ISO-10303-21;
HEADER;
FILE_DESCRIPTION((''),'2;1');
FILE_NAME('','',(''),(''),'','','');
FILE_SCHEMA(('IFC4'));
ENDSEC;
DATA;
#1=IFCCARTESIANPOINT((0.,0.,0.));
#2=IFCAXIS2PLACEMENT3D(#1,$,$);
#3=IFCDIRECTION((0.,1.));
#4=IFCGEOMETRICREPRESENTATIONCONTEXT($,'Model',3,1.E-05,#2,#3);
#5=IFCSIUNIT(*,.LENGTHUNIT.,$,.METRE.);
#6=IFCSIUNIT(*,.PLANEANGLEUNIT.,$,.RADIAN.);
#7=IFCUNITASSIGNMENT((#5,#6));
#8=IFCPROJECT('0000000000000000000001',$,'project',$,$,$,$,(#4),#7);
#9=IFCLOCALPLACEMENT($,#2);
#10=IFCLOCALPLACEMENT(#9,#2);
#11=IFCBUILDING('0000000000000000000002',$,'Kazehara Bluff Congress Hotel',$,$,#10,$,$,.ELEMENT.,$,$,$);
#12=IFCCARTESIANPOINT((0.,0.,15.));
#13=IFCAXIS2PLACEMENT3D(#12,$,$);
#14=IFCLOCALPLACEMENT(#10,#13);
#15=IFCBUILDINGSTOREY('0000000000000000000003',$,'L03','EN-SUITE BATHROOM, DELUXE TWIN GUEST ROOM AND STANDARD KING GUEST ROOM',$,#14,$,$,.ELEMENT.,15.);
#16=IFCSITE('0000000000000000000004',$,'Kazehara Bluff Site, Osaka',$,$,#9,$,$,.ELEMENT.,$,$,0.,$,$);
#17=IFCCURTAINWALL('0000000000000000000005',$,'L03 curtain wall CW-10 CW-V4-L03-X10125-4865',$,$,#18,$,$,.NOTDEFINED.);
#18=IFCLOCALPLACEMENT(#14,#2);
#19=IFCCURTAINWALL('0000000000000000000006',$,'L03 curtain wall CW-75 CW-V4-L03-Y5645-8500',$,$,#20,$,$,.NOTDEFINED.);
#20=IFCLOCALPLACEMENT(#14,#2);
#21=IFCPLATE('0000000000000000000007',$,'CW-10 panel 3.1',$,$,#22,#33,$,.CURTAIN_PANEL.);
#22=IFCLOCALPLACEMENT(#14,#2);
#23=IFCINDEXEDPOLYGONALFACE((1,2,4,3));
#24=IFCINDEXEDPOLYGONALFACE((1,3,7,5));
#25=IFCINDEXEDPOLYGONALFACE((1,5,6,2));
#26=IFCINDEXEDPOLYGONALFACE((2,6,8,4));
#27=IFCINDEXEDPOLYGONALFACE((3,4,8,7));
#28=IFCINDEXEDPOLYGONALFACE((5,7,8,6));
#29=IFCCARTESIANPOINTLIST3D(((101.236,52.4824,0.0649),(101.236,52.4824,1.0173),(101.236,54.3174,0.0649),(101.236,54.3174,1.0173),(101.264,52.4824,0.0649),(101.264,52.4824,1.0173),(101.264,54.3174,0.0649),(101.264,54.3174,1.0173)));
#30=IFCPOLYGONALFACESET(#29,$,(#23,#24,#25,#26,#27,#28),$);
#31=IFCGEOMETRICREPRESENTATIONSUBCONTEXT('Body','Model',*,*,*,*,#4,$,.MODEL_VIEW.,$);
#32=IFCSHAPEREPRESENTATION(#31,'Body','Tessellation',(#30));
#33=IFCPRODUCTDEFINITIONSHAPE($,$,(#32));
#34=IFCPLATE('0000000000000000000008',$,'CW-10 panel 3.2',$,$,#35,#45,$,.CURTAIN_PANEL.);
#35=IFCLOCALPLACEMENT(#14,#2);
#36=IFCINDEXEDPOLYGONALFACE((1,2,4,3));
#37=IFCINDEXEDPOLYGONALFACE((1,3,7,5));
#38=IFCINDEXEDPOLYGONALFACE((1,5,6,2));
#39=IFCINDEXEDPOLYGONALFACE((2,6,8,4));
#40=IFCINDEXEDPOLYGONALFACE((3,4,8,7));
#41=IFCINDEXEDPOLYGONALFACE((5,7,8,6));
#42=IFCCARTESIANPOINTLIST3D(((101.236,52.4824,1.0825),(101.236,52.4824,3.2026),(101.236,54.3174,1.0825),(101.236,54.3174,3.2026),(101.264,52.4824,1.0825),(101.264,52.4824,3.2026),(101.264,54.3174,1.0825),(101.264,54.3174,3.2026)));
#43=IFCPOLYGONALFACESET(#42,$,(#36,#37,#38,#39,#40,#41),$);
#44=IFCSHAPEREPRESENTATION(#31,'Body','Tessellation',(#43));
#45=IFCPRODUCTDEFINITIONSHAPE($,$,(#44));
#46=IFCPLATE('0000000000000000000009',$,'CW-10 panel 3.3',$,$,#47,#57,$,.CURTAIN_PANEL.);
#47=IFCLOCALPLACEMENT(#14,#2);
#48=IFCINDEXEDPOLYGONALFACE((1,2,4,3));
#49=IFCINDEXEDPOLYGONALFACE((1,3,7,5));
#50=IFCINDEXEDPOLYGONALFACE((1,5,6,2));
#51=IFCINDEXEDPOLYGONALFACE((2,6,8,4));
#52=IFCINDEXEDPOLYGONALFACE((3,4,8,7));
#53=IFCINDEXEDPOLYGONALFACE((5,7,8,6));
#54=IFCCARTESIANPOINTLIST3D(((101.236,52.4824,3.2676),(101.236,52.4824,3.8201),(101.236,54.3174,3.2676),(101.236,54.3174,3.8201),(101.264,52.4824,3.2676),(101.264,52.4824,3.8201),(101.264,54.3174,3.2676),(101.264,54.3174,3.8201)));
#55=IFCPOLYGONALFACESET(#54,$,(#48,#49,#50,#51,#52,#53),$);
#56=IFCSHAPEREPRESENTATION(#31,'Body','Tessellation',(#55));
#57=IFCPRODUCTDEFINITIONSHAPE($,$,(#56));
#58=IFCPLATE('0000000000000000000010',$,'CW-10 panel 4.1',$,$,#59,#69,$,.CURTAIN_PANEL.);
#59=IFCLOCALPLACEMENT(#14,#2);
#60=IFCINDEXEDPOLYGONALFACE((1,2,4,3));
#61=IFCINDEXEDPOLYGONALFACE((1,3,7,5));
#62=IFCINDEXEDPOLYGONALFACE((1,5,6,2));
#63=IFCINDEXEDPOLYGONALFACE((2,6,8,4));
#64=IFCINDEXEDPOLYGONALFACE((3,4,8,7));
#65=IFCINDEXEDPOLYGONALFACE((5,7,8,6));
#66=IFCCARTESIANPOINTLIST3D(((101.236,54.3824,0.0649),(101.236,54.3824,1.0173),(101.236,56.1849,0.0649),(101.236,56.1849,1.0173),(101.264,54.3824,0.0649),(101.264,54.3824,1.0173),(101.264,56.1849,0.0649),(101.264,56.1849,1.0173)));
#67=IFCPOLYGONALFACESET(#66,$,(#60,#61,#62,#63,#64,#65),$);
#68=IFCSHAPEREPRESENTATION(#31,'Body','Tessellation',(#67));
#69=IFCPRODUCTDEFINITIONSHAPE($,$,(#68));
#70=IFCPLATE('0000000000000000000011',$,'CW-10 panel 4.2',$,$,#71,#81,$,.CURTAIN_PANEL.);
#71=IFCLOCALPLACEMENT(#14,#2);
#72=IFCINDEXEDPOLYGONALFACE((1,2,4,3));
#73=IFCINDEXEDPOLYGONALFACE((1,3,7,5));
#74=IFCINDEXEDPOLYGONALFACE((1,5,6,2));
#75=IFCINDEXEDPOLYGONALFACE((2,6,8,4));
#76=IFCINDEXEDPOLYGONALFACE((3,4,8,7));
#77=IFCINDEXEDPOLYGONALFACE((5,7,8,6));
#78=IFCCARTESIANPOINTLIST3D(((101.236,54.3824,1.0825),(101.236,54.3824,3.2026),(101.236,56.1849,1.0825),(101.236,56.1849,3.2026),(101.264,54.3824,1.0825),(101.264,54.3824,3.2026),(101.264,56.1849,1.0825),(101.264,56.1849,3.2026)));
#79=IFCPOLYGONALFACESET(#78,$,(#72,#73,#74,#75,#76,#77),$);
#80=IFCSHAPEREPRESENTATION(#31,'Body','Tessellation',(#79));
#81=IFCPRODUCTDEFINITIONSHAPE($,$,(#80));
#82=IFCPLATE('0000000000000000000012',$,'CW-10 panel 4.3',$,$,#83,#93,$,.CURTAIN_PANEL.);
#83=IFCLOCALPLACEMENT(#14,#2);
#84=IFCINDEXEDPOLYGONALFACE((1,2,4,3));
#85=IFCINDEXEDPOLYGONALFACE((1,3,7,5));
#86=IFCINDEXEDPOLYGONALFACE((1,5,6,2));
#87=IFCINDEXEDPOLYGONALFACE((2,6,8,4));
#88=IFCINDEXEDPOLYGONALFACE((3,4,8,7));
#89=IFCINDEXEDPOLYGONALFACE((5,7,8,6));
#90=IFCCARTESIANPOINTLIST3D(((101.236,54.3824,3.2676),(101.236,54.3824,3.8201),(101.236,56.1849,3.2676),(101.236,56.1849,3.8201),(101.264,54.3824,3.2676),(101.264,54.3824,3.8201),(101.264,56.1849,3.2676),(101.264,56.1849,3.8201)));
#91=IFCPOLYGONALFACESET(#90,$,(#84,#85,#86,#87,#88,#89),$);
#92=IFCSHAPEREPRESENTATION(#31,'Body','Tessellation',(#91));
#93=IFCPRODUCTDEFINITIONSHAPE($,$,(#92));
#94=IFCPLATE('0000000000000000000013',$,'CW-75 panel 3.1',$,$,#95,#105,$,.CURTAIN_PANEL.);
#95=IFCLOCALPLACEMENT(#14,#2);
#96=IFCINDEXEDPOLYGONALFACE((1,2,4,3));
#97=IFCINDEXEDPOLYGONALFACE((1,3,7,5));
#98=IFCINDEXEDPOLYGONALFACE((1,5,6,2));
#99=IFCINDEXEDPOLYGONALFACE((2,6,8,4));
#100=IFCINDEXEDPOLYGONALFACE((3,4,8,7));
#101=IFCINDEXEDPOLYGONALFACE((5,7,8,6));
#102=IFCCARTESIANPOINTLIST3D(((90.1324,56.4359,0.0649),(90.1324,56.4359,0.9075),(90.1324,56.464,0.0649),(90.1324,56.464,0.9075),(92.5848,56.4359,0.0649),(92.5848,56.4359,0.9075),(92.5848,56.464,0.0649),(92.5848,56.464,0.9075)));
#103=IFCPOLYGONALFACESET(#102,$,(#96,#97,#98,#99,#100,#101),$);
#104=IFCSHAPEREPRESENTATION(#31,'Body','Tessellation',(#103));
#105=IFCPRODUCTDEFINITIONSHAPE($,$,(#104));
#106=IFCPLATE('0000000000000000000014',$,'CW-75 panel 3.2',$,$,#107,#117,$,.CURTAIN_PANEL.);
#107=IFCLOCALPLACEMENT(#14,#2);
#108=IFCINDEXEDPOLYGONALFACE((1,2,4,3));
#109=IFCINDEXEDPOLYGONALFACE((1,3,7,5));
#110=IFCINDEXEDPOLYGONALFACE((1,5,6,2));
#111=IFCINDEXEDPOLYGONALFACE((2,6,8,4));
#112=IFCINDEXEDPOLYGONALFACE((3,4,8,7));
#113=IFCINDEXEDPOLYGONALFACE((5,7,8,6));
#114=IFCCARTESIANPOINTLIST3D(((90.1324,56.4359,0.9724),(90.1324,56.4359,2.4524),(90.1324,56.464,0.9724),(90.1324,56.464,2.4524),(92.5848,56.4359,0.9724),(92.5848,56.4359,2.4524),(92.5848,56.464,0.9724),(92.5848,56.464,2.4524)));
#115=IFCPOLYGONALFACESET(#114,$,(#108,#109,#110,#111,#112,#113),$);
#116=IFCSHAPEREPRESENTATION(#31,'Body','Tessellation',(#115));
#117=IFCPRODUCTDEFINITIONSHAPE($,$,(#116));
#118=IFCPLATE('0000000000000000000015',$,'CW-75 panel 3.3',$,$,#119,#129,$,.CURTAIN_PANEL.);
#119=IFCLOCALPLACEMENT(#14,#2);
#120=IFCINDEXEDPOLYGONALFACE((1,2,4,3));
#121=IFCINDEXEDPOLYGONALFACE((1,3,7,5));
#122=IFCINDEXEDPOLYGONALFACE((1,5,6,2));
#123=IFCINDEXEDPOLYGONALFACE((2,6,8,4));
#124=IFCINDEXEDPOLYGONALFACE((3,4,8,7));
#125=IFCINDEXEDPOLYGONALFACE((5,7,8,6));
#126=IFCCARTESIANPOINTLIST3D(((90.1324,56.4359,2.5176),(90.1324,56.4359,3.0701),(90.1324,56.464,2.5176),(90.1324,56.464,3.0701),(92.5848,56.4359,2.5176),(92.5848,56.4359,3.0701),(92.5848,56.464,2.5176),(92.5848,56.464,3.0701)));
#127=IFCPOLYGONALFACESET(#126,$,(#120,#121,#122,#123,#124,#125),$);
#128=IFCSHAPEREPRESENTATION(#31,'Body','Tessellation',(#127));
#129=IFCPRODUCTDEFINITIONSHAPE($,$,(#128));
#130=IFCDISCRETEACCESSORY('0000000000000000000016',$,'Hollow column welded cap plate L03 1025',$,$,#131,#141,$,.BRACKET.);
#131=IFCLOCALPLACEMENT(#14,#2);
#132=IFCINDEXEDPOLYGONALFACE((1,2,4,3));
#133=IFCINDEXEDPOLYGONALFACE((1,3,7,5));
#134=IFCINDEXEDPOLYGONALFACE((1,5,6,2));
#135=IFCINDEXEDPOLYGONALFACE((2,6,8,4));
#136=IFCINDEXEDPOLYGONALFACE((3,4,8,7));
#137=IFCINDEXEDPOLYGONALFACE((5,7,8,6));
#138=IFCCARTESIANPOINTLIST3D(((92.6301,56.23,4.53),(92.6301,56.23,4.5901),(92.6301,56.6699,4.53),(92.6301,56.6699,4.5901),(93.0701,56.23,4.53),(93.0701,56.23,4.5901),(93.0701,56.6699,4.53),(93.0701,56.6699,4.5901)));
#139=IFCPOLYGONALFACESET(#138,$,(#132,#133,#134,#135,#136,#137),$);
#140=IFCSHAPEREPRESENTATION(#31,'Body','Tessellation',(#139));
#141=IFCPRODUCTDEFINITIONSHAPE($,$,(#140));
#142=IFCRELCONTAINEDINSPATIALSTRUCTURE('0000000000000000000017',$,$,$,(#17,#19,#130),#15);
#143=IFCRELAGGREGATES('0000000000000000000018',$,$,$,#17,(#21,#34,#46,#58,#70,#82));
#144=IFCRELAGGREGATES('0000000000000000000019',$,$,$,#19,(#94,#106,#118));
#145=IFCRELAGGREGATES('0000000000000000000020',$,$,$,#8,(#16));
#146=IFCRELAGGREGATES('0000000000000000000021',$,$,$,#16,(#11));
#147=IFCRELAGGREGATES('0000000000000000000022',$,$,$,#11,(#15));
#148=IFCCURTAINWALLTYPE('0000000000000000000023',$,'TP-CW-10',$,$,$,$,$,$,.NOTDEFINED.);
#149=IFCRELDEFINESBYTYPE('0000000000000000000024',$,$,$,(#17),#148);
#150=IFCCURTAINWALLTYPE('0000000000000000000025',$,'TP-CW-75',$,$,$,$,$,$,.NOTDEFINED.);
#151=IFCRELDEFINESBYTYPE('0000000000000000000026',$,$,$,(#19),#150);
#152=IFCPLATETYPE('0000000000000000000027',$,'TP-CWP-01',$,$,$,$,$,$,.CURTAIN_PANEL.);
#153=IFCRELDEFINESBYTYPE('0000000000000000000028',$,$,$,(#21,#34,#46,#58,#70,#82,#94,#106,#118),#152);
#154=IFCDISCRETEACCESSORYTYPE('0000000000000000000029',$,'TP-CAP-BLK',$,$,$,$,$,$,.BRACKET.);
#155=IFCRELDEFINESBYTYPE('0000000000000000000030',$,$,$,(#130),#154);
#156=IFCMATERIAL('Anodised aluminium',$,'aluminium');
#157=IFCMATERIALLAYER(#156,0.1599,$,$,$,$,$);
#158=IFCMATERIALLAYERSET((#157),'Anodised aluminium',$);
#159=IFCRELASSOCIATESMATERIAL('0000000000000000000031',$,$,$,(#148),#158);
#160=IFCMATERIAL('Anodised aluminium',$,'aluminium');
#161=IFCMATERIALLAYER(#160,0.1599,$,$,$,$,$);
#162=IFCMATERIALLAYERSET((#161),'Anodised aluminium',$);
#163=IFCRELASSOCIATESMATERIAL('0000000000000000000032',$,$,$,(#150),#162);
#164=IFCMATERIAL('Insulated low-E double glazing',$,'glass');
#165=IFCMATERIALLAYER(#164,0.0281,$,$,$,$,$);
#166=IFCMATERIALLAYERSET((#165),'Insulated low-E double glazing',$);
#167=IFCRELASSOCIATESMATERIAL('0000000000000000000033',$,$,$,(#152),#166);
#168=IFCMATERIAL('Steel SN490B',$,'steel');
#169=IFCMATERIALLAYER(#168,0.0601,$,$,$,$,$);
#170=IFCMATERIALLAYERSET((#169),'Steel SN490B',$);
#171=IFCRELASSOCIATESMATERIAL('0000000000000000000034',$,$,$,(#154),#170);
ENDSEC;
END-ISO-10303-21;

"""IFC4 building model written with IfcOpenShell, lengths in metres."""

from ifc_helpers import new_model, si_unit, direction, frame, origin, origin_2d, place, context, subcontext, project, spatial, rectangle, extrude, material, layer, layer_set, type_object, element, aggregate, save


model = new_model("IFC4")

# Units and contexts
model_context = context("Model", 3, precision=1e-05, world=origin(), true_north=direction((0.0, 1.0)))
body_context = subcontext(model_context, "Body", "Model", "MODEL_VIEW")
ifc_project = project(units=[si_unit("LENGTHUNIT", "METRE"), si_unit("PLANEANGLEUNIT", "RADIAN")], contexts=[model_context])

# Site, building, storey
site_placement = place(None, origin())
site = spatial("IfcSite", under=ifc_project, at=site_placement, Name="Kazehara Bluff Site, Osaka", CompositionType="ELEMENT", RefElevation=0.0)
building_placement = place(site_placement, origin())
building = spatial("IfcBuilding", under=site, at=building_placement, Name="Kazehara Bluff Congress Hotel", CompositionType="ELEMENT")
storey_placement = place(building_placement, frame((0.0, 0.0, 15.0)))
storey = spatial("IfcBuildingStorey", under=building, at=storey_placement, Name="L03", Description="EN-SUITE BATHROOM, DELUXE TWIN GUEST ROOM AND STANDARD KING GUEST ROOM", CompositionType="ELEMENT", Elevation=15.0)

# Curtain wall
ifc_material_1 = material(Name="Anodised aluminium", Category="aluminium")
ifc_layer_1 = layer(ifc_material_1, 0.1599)
ifc_layer_set_1 = layer_set([ifc_layer_1], Name="Anodised aluminium")
curtain_wall_type_1 = type_object("IfcCurtainWallType", Name="TP-CW-10", PredefinedType="NOTDEFINED", material=ifc_layer_set_1)
curtain_wall_1_placement = place(storey_placement, origin())
curtain_wall_1 = element("IfcCurtainWall", 1, at=curtain_wall_1_placement, inside=storey, type_object=curtain_wall_type_1, Name="L03 curtain wall CW-10 CW-V4-L03-X10125-4865", PredefinedType="NOTDEFINED")

# Curtain wall
ifc_material_2 = material(Name="Anodised aluminium", Category="aluminium")
ifc_layer_2 = layer(ifc_material_2, 0.1599)
ifc_layer_set_2 = layer_set([ifc_layer_2], Name="Anodised aluminium")
curtain_wall_type_2 = type_object("IfcCurtainWallType", Name="TP-CW-75", PredefinedType="NOTDEFINED", material=ifc_layer_set_2)
curtain_wall_2_placement = place(storey_placement, origin())
curtain_wall_2 = element("IfcCurtainWall", 2, at=curtain_wall_2_placement, inside=storey, type_object=curtain_wall_type_2, Name="L03 curtain wall CW-75 CW-V4-L03-Y5645-8500", PredefinedType="NOTDEFINED")

# Plates
ifc_material_3 = material(Name="Insulated low-E double glazing", Category="glass")
ifc_layer_3 = layer(ifc_material_3, 0.0281)
ifc_layer_set_3 = layer_set([ifc_layer_3], Name="Insulated low-E double glazing")
plate_type = type_object("IfcPlateType", Name="TP-CWP-01", PredefinedType="CURTAIN_PANEL", material=ifc_layer_set_3)
plate_1_placement = place(storey_placement, frame((101.25, 53.3999, 0.0649), z_axis=(0.0, 0.0, 1.0), x_axis=(0.0, 1.0, 0.0)))
plate_1 = element("IfcPlate", 3, at=plate_1_placement, type_object=plate_type, Name="CW-10 panel 3.1", PredefinedType="CURTAIN_PANEL", context=body_context, shape_type="SweptSolid", body=[
    extrude(rectangle(XDim=1.835, YDim=0.0281, at=origin_2d()), origin(), (0.0, 0.0, 1.0), 0.9524),
])
plate_2_placement = place(storey_placement, frame((101.25, 53.3999, 1.0825), z_axis=(0.0, 0.0, 1.0), x_axis=(0.0, 1.0, 0.0)))
plate_2 = element("IfcPlate", 4, at=plate_2_placement, type_object=plate_type, Name="CW-10 panel 3.2", PredefinedType="CURTAIN_PANEL", context=body_context, shape_type="SweptSolid", body=[
    extrude(rectangle(XDim=1.835, YDim=0.0281, at=origin_2d()), origin(), (0.0, 0.0, 1.0), 2.1201),
])
plate_3_placement = place(storey_placement, frame((101.25, 53.3999, 3.2676), z_axis=(0.0, 0.0, 1.0), x_axis=(0.0, 1.0, 0.0)))
plate_3 = element("IfcPlate", 5, at=plate_3_placement, type_object=plate_type, Name="CW-10 panel 3.3", PredefinedType="CURTAIN_PANEL", context=body_context, shape_type="SweptSolid", body=[
    extrude(rectangle(XDim=1.835, YDim=0.0281, at=origin_2d()), origin(), (0.0, 0.0, 1.0), 0.5525),
])
plate_4_placement = place(storey_placement, frame((101.25, 55.2837, 0.0649), z_axis=(0.0, 0.0, 1.0), x_axis=(0.0, 1.0, 0.0)))
plate_4 = element("IfcPlate", 6, at=plate_4_placement, type_object=plate_type, Name="CW-10 panel 4.1", PredefinedType="CURTAIN_PANEL", context=body_context, shape_type="SweptSolid", body=[
    extrude(rectangle(XDim=1.8025, YDim=0.0281, at=origin_2d()), origin(), (0.0, 0.0, 1.0), 0.9524),
])
plate_5_placement = place(storey_placement, frame((101.25, 55.2837, 1.0825), z_axis=(0.0, 0.0, 1.0), x_axis=(0.0, 1.0, 0.0)))
plate_5 = element("IfcPlate", 7, at=plate_5_placement, type_object=plate_type, Name="CW-10 panel 4.2", PredefinedType="CURTAIN_PANEL", context=body_context, shape_type="SweptSolid", body=[
    extrude(rectangle(XDim=1.8025, YDim=0.0281, at=origin_2d()), origin(), (0.0, 0.0, 1.0), 2.1201),
])
plate_6_placement = place(storey_placement, frame((101.25, 55.2837, 3.2676), z_axis=(0.0, 0.0, 1.0), x_axis=(0.0, 1.0, 0.0)))
plate_6 = element("IfcPlate", 8, at=plate_6_placement, type_object=plate_type, Name="CW-10 panel 4.3", PredefinedType="CURTAIN_PANEL", context=body_context, shape_type="SweptSolid", body=[
    extrude(rectangle(XDim=1.8025, YDim=0.0281, at=origin_2d()), origin(), (0.0, 0.0, 1.0), 0.5525),
])
aggregate(curtain_wall_1, [plate_1, plate_2, plate_3, plate_4, plate_5, plate_6])
plate_7_placement = place(storey_placement, frame((91.3586, 56.45, 0.0649), z_axis=(0.0, 0.0, 1.0), x_axis=(1.0, 0.0, 0.0)))
plate_7 = element("IfcPlate", 9, at=plate_7_placement, type_object=plate_type, Name="CW-75 panel 3.1", PredefinedType="CURTAIN_PANEL", context=body_context, shape_type="SweptSolid", body=[
    extrude(rectangle(XDim=2.4524, YDim=0.0281, at=origin_2d()), origin(), (0.0, 0.0, 1.0), 0.8425),
])
plate_8_placement = place(storey_placement, frame((91.3586, 56.45, 0.9724), z_axis=(0.0, 0.0, 1.0), x_axis=(1.0, 0.0, 0.0)))
plate_8 = element("IfcPlate", 10, at=plate_8_placement, type_object=plate_type, Name="CW-75 panel 3.2", PredefinedType="CURTAIN_PANEL", context=body_context, shape_type="SweptSolid", body=[
    extrude(rectangle(XDim=2.4524, YDim=0.0281, at=origin_2d()), origin(), (0.0, 0.0, 1.0), 1.48),
])
plate_9_placement = place(storey_placement, frame((91.3586, 56.45, 2.5176), z_axis=(0.0, 0.0, 1.0), x_axis=(1.0, 0.0, 0.0)))
plate_9 = element("IfcPlate", 11, at=plate_9_placement, type_object=plate_type, Name="CW-75 panel 3.3", PredefinedType="CURTAIN_PANEL", context=body_context, shape_type="SweptSolid", body=[
    extrude(rectangle(XDim=2.4524, YDim=0.0281, at=origin_2d()), origin(), (0.0, 0.0, 1.0), 0.5525),
])
aggregate(curtain_wall_2, [plate_7, plate_8, plate_9])

# Discrete accessory
ifc_material_4 = material(Name="Steel SN490B", Category="steel")
ifc_layer_4 = layer(ifc_material_4, 0.0601)
ifc_layer_set_4 = layer_set([ifc_layer_4], Name="Steel SN490B")
discrete_accessory_type = type_object("IfcDiscreteAccessoryType", Name="TP-CAP-BLK", PredefinedType="BRACKET", material=ifc_layer_set_4)
discrete_accessory_placement = place(storey_placement, frame((92.8501, 56.45, 4.53), z_axis=(0.0, 0.0, 1.0), x_axis=(1.0, 0.0, 0.0)))
element("IfcDiscreteAccessory", 12, at=discrete_accessory_placement, inside=storey, type_object=discrete_accessory_type, Name="Hollow column welded cap plate L03 1025", PredefinedType="BRACKET", context=body_context, shape_type="SweptSolid", body=[
    extrude(rectangle(XDim=0.4399, YDim=0.4399, at=origin_2d()), origin(), (0.0, 0.0, 1.0), 0.0601),
])

save(model, "model.ifc")
